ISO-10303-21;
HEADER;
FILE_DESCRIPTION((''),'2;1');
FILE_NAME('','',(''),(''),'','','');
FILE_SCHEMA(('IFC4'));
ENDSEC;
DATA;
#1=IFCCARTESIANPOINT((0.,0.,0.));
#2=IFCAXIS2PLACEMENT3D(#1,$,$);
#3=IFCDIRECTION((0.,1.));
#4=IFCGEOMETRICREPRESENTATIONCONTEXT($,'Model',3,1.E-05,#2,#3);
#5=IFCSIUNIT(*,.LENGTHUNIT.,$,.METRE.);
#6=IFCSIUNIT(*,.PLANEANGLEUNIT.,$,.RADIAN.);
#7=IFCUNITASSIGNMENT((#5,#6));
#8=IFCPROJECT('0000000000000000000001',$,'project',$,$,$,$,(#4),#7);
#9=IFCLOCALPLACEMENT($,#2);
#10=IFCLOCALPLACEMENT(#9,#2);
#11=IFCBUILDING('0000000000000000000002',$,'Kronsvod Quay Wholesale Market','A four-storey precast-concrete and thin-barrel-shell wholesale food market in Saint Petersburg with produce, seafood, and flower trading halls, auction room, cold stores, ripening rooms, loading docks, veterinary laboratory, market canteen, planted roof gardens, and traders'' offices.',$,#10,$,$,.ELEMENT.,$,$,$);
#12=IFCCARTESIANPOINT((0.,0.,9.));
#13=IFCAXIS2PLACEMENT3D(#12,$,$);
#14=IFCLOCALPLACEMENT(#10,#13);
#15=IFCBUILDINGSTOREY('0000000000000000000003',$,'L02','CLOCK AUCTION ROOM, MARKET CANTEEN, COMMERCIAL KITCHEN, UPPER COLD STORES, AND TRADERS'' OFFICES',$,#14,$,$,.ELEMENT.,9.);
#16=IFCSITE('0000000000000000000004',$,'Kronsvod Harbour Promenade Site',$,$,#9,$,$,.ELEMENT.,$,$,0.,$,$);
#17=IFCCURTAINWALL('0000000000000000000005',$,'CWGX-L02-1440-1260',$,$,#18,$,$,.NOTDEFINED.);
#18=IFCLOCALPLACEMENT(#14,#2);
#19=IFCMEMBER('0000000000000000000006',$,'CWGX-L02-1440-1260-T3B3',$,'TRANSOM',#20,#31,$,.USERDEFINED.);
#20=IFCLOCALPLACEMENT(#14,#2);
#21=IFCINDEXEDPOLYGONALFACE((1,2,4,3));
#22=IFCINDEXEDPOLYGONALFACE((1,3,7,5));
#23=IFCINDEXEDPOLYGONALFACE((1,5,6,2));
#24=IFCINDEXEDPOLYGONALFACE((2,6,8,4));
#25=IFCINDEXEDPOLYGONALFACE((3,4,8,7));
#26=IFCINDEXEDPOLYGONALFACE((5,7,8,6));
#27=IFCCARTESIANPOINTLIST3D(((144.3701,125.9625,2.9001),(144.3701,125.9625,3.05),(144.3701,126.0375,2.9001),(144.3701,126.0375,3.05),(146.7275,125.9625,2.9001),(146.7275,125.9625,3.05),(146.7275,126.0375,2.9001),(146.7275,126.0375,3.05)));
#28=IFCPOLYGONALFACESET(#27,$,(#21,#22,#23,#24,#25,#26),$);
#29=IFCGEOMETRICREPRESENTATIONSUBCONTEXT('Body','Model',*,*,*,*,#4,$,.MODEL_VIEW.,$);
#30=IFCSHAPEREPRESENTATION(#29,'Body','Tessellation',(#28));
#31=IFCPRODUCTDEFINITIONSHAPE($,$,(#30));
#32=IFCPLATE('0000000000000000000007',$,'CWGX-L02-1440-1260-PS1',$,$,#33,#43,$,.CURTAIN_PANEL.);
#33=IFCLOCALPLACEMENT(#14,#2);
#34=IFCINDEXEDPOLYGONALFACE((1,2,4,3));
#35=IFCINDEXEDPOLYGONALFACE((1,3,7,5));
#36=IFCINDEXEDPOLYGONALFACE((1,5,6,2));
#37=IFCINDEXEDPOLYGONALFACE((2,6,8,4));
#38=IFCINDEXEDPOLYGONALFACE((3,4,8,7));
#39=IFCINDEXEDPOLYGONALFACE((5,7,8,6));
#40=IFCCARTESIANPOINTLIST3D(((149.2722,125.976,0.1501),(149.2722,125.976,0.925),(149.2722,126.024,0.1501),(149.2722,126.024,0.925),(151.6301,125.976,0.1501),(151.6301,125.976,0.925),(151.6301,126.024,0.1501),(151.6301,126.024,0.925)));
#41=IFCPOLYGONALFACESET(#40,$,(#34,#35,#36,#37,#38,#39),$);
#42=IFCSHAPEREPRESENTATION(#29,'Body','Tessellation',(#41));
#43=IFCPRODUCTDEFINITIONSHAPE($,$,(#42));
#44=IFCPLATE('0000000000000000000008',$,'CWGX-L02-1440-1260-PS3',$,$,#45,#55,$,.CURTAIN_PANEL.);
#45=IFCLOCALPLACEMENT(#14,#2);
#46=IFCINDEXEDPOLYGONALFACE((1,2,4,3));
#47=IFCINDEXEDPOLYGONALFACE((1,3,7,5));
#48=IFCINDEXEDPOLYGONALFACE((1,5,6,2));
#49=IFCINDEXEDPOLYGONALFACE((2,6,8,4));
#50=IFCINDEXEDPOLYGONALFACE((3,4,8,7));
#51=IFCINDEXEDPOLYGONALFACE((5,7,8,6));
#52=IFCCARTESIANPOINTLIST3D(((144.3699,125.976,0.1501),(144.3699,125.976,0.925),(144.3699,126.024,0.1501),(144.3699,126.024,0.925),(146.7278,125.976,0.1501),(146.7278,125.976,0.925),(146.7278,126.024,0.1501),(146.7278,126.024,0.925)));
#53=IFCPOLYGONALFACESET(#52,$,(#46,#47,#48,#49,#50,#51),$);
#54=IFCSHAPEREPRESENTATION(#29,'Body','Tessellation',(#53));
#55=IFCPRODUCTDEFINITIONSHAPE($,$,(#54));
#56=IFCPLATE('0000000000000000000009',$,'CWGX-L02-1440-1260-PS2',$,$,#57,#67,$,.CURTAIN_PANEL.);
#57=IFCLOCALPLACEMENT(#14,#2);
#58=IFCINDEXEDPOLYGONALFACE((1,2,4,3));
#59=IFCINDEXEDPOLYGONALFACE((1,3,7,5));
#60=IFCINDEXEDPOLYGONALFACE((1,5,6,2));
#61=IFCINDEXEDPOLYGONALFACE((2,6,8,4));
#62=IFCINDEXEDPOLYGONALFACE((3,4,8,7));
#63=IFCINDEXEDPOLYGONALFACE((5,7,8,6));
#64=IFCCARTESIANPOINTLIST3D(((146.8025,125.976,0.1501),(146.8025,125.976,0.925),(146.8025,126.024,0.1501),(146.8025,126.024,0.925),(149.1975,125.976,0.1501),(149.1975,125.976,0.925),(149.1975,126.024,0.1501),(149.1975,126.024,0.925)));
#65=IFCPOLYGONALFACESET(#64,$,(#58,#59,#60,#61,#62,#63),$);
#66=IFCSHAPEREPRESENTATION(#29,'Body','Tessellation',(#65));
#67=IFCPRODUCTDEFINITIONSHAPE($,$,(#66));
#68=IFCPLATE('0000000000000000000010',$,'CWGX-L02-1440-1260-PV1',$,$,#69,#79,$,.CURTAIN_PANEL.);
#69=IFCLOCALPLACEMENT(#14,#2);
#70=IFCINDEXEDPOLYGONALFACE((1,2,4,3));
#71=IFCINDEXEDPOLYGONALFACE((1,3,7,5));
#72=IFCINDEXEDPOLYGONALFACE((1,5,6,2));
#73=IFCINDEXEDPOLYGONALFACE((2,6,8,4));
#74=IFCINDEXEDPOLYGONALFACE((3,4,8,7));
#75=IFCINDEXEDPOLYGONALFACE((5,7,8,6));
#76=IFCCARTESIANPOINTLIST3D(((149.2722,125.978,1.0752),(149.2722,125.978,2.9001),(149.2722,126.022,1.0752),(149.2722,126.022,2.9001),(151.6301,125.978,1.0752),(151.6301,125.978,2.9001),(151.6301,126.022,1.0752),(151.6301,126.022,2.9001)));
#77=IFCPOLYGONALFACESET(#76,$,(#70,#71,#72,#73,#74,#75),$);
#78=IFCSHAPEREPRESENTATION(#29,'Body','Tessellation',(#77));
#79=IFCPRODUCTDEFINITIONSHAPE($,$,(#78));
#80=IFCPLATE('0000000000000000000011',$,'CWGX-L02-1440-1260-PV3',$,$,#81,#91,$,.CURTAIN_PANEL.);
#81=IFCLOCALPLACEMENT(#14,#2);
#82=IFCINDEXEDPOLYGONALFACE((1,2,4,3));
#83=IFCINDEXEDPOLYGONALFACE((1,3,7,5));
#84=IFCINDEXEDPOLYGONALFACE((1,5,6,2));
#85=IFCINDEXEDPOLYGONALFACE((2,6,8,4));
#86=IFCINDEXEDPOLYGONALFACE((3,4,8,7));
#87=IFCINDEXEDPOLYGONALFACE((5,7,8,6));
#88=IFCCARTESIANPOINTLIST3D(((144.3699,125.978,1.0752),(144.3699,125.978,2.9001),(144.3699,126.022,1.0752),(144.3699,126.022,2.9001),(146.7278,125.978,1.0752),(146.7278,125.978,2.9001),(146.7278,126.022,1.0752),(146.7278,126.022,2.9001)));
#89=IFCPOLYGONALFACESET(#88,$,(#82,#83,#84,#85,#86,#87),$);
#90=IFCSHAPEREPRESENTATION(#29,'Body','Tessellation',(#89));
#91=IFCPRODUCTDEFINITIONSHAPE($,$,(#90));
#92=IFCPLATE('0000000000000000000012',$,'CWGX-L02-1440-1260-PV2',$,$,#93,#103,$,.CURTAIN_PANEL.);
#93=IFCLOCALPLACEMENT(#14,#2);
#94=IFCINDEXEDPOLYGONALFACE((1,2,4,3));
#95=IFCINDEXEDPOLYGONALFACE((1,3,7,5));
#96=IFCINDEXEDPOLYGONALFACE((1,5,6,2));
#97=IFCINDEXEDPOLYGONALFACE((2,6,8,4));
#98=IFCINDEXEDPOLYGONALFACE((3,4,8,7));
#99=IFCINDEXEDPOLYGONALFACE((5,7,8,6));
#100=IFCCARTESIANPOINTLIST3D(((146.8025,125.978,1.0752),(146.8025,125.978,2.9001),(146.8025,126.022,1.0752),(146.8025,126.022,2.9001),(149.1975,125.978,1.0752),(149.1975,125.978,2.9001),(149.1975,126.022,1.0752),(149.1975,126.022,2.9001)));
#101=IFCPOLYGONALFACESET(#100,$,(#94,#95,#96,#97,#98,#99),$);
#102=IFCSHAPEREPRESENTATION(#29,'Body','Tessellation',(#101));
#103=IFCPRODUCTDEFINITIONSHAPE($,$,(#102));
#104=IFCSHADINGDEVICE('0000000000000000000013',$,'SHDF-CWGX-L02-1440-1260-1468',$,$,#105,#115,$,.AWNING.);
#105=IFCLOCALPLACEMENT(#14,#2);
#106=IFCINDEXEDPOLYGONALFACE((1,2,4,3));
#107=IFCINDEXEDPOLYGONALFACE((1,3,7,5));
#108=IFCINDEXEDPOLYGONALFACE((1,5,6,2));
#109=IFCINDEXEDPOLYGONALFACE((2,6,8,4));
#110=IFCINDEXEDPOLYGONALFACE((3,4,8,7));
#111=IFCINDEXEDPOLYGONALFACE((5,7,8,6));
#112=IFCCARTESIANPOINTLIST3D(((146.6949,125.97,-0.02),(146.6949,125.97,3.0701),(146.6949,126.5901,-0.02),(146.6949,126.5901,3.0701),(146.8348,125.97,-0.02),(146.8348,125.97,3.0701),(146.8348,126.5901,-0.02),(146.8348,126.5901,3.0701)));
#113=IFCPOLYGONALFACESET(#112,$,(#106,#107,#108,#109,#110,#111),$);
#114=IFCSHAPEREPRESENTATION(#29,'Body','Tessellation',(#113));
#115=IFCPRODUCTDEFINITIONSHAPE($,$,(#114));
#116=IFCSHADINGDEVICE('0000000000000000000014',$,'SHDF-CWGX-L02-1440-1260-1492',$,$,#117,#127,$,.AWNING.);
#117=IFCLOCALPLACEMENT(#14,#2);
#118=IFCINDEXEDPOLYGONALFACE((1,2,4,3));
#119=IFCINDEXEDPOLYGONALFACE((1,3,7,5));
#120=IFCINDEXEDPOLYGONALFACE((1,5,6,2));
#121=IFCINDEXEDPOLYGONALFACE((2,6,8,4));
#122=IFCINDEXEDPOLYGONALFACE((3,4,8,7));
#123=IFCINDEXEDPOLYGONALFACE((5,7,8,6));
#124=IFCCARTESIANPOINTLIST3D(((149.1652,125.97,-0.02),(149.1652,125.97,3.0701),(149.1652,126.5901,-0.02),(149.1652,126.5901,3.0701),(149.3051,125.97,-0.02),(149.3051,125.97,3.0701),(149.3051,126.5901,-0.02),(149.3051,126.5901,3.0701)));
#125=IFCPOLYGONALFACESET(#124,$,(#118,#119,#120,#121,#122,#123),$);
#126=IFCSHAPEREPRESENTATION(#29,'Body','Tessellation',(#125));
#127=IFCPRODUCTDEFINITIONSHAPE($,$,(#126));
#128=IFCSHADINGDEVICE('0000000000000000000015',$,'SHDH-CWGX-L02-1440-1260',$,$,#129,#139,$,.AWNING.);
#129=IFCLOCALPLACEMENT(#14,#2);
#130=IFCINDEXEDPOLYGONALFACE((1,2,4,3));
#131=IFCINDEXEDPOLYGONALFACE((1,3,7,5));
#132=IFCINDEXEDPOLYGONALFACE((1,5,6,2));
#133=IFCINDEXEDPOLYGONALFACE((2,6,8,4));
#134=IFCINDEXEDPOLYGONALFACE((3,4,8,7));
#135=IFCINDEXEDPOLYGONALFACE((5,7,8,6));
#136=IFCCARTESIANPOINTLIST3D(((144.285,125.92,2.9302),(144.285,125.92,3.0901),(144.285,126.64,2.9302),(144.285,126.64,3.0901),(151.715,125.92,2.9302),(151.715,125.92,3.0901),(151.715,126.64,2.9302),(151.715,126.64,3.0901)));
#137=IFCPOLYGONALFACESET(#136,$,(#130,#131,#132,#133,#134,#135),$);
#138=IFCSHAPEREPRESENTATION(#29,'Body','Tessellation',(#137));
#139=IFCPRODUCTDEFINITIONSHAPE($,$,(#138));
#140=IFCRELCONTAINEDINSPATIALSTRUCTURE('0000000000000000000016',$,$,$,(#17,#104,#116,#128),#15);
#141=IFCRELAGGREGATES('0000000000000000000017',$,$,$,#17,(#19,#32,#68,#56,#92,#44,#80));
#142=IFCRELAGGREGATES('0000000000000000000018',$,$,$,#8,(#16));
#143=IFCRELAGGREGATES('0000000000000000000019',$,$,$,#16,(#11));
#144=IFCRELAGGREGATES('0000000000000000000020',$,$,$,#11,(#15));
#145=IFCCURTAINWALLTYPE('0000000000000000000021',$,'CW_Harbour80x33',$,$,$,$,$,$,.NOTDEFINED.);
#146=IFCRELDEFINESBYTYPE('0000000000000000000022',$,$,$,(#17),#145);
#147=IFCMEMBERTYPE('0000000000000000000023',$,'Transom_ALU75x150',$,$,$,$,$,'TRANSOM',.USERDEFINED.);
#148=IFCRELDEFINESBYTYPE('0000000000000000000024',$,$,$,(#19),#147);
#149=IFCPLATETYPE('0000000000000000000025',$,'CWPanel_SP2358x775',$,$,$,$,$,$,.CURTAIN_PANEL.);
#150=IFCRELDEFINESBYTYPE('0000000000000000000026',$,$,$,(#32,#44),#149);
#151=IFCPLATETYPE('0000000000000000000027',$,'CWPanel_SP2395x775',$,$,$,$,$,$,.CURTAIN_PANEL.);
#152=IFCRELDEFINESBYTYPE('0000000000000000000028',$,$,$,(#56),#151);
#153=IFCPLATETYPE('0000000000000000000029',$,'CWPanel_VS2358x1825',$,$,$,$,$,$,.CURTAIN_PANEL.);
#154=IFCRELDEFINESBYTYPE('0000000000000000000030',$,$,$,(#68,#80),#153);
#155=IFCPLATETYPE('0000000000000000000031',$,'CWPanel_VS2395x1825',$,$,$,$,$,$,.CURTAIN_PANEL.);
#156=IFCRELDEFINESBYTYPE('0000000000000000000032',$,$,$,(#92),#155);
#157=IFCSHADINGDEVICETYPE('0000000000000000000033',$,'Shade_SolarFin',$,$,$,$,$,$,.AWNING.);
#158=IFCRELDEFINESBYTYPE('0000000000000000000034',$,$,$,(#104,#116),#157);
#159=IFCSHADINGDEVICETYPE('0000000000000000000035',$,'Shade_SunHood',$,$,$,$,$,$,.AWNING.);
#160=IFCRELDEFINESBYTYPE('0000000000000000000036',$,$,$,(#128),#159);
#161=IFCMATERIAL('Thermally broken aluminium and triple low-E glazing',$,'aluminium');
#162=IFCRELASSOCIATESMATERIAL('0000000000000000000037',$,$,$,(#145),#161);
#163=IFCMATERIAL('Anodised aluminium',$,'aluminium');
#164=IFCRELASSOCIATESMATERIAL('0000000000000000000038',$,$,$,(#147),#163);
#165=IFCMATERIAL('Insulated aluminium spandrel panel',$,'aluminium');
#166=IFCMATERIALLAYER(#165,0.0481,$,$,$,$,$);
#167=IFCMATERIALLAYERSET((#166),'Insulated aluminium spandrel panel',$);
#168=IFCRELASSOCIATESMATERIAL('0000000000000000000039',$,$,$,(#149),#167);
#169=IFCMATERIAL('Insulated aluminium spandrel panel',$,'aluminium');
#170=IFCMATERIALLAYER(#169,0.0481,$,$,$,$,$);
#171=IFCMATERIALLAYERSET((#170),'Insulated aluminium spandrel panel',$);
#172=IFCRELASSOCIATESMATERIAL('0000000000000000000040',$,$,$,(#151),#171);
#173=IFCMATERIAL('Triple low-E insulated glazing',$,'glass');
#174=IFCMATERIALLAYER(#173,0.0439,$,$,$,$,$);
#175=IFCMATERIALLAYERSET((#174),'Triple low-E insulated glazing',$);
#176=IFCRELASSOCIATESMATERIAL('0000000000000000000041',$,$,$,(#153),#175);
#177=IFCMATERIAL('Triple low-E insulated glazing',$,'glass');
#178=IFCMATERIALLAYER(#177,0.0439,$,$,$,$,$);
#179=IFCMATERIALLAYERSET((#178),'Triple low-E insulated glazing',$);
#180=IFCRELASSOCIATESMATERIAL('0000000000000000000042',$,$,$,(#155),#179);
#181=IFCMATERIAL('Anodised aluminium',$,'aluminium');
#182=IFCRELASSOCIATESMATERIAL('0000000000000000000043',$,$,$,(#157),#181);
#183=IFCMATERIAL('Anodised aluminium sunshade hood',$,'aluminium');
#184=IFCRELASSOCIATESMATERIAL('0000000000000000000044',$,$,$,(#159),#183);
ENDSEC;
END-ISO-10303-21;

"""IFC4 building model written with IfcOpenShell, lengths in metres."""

from ifc_helpers import new_model, si_unit, direction, frame, origin, origin_2d, place, context, subcontext, project, spatial, rectangle, extrude, material, layer, layer_set, material_profile, profile_set, type_object, element, aggregate, save


model = new_model("IFC4")

# Units and contexts
model_context = context("Model", 3, precision=1e-05, world=origin(), true_north=direction((0.0, 1.0)))
body_context = subcontext(model_context, "Body", "Model", "MODEL_VIEW")
ifc_project = project(units=[si_unit("LENGTHUNIT", "METRE"), si_unit("PLANEANGLEUNIT", "RADIAN")], contexts=[model_context])

# Site, building, storey
site_placement = place(None, origin())
site = spatial("IfcSite", under=ifc_project, at=site_placement, Name="Kronsvod Harbour Promenade Site", CompositionType="ELEMENT", RefElevation=0.0)
building_placement = place(site_placement, origin())
building = spatial("IfcBuilding", under=site, at=building_placement, Name="Kronsvod Quay Wholesale Market", Description="A four-storey precast-concrete and thin-barrel-shell wholesale food market in Saint Petersburg with produce, seafood, and flower trading halls, auction room, cold stores, ripening rooms, loading docks, veterinary laboratory, market canteen, planted roof gardens, and traders' offices.", CompositionType="ELEMENT")
storey_placement = place(building_placement, frame((0.0, 0.0, 9.0)))
storey = spatial("IfcBuildingStorey", under=building, at=storey_placement, Name="L02", Description="CLOCK AUCTION ROOM, MARKET CANTEEN, COMMERCIAL KITCHEN, UPPER COLD STORES, AND TRADERS' OFFICES", CompositionType="ELEMENT", Elevation=9.0)

# Curtain wall
ifc_material_1 = material(Name="Thermally broken aluminium and triple low-E glazing", Category="aluminium")
curtain_wall_type = type_object("IfcCurtainWallType", Name="CW_Harbour80x33", PredefinedType="NOTDEFINED", material=ifc_material_1)
curtain_wall_placement = place(storey_placement, origin())
curtain_wall = element("IfcCurtainWall", 1, at=curtain_wall_placement, inside=storey, type_object=curtain_wall_type, Name="CWGX-L02-1440-1260", PredefinedType="NOTDEFINED")

# Member
ifc_material_2 = material(Name="Anodised aluminium", Category="aluminium")
ifc_material_profile_1 = material_profile(ifc_material_2, rectangle(XDim=0.075, YDim=0.1499, at=origin_2d()), Name="ALUT75x150")
ifc_profile_set_1 = profile_set([ifc_material_profile_1], Name="Anodised aluminium")
member_type_1 = type_object("IfcMemberType", Name="Transom_ALU75x150", ElementType="TRANSOM", PredefinedType="USERDEFINED", material=ifc_profile_set_1)
member_1_placement = place(storey_placement, frame((146.7275, 126.0, 2.9751), z_axis=(-1.0, 0.0, 0.0), x_axis=(0.0, -1.0, 0.0)))
member_1 = element("IfcMember", 2, at=member_1_placement, type_object=member_type_1, Name="CWGX-L02-1440-1260-T3B3", ObjectType="TRANSOM", PredefinedType="USERDEFINED", context=body_context, shape_type="SweptSolid", body=[
    extrude(rectangle(XDim=0.075, YDim=0.1499, at=origin_2d()), origin(), (0.0, 0.0, 1.0), 2.3574),
])

# Plates
ifc_material_3 = material(Name="Insulated aluminium spandrel panel", Category="aluminium")
ifc_layer_1 = layer(ifc_material_3, 0.0481)
ifc_layer_set_1 = layer_set([ifc_layer_1], Name="Insulated aluminium spandrel panel")
plate_type_1 = type_object("IfcPlateType", Name="CWPanel_SP2358x775", PredefinedType="CURTAIN_PANEL", material=ifc_layer_set_1)
plate_1_placement = place(storey_placement, frame((150.4512, 126.0, 0.1501), z_axis=(0.0, 0.0, 1.0), x_axis=(-1.0, 0.0, 0.0)))
plate_1 = element("IfcPlate", 3, at=plate_1_placement, type_object=plate_type_1, Name="CWGX-L02-1440-1260-PS1", PredefinedType="CURTAIN_PANEL", context=body_context, shape_type="SweptSolid", body=[
    extrude(rectangle(XDim=2.3579, YDim=0.0481, at=origin_2d()), origin(), (0.0, 0.0, 1.0), 0.7749),
])
plate_2_placement = place(storey_placement, frame((145.5488, 126.0, 0.1501), z_axis=(0.0, 0.0, 1.0), x_axis=(-1.0, 0.0, 0.0)))
plate_2 = element("IfcPlate", 4, at=plate_2_placement, type_object=plate_type_1, Name="CWGX-L02-1440-1260-PS3", PredefinedType="CURTAIN_PANEL", context=body_context, shape_type="SweptSolid", body=[
    extrude(rectangle(XDim=2.3579, YDim=0.0481, at=origin_2d()), origin(), (0.0, 0.0, 1.0), 0.7749),
])
ifc_material_4 = material(Name="Insulated aluminium spandrel panel", Category="aluminium")
ifc_layer_2 = layer(ifc_material_4, 0.0481)
ifc_layer_set_2 = layer_set([ifc_layer_2], Name="Insulated aluminium spandrel panel")
plate_type_2 = type_object("IfcPlateType", Name="CWPanel_SP2395x775", PredefinedType="CURTAIN_PANEL", material=ifc_layer_set_2)
plate_3_placement = place(storey_placement, frame((148.0, 126.0, 0.1501), z_axis=(0.0, 0.0, 1.0), x_axis=(-1.0, 0.0, 0.0)))
plate_3 = element("IfcPlate", 5, at=plate_3_placement, type_object=plate_type_2, Name="CWGX-L02-1440-1260-PS2", PredefinedType="CURTAIN_PANEL", context=body_context, shape_type="SweptSolid", body=[
    extrude(rectangle(XDim=2.395, YDim=0.0481, at=origin_2d()), origin(), (0.0, 0.0, 1.0), 0.7749),
])
ifc_material_5 = material(Name="Triple low-E insulated glazing", Category="glass")
ifc_layer_3 = layer(ifc_material_5, 0.0439)
ifc_layer_set_3 = layer_set([ifc_layer_3], Name="Triple low-E insulated glazing")
plate_type_3 = type_object("IfcPlateType", Name="CWPanel_VS2358x1825", PredefinedType="CURTAIN_PANEL", material=ifc_layer_set_3)
plate_4_placement = place(storey_placement, frame((150.4512, 126.0, 1.0752), z_axis=(0.0, 0.0, 1.0), x_axis=(-1.0, 0.0, 0.0)))
plate_4 = element("IfcPlate", 6, at=plate_4_placement, type_object=plate_type_3, Name="CWGX-L02-1440-1260-PV1", PredefinedType="CURTAIN_PANEL", context=body_context, shape_type="SweptSolid", body=[
    extrude(rectangle(XDim=2.3579, YDim=0.0439, at=origin_2d()), origin(), (0.0, 0.0, 1.0), 1.825),
])
plate_5_placement = place(storey_placement, frame((145.5488, 126.0, 1.0752), z_axis=(0.0, 0.0, 1.0), x_axis=(-1.0, 0.0, 0.0)))
plate_5 = element("IfcPlate", 7, at=plate_5_placement, type_object=plate_type_3, Name="CWGX-L02-1440-1260-PV3", PredefinedType="CURTAIN_PANEL", context=body_context, shape_type="SweptSolid", body=[
    extrude(rectangle(XDim=2.3579, YDim=0.0439, at=origin_2d()), origin(), (0.0, 0.0, 1.0), 1.825),
])
ifc_material_6 = material(Name="Triple low-E insulated glazing", Category="glass")
ifc_layer_4 = layer(ifc_material_6, 0.0439)
ifc_layer_set_4 = layer_set([ifc_layer_4], Name="Triple low-E insulated glazing")
plate_type_4 = type_object("IfcPlateType", Name="CWPanel_VS2395x1825", PredefinedType="CURTAIN_PANEL", material=ifc_layer_set_4)
plate_6_placement = place(storey_placement, frame((148.0, 126.0, 1.0752), z_axis=(0.0, 0.0, 1.0), x_axis=(-1.0, 0.0, 0.0)))
plate_6 = element("IfcPlate", 8, at=plate_6_placement, type_object=plate_type_4, Name="CWGX-L02-1440-1260-PV2", PredefinedType="CURTAIN_PANEL", context=body_context, shape_type="SweptSolid", body=[
    extrude(rectangle(XDim=2.395, YDim=0.0439, at=origin_2d()), origin(), (0.0, 0.0, 1.0), 1.825),
])
aggregate(curtain_wall, [member_1, plate_1, plate_4, plate_3, plate_6, plate_2, plate_5])

# Shading devices
ifc_material_7 = material(Name="Anodised aluminium", Category="aluminium")
shading_device_type_1 = type_object("IfcShadingDeviceType", Name="Shade_SolarFin", PredefinedType="AWNING", material=ifc_material_7)
for number, where, z_axis, x_axis, name in (
    (9, (146.7649, 126.28, -0.02), (0.0, 0.0, 1.0), (1.0, 0.0, 0.0), "SHDF-CWGX-L02-1440-1260-1468"),
    (10, (149.2351, 126.28, -0.02), (0.0, 0.0, 1.0), (1.0, 0.0, 0.0), "SHDF-CWGX-L02-1440-1260-1492"),
):
    element("IfcShadingDevice", number, at=place(storey_placement, frame(where, z_axis=z_axis, x_axis=x_axis)), inside=storey, type_object=shading_device_type_1, Name=name, PredefinedType="AWNING", context=body_context, shape_type="SweptSolid", body=[
        extrude(rectangle(XDim=0.1399, YDim=0.6201, at=origin_2d()), origin(), (0.0, 0.0, 1.0), 3.0901),
    ])
ifc_material_8 = material(Name="Anodised aluminium sunshade hood", Category="aluminium")
shading_device_type_2 = type_object("IfcShadingDeviceType", Name="Shade_SunHood", PredefinedType="AWNING", material=ifc_material_8)
shading_device_placement = place(storey_placement, frame((148.0, 126.28, 2.9302), z_axis=(0.0, 0.0, 1.0), x_axis=(1.0, 0.0, 0.0)))
element("IfcShadingDevice", 11, at=shading_device_placement, inside=storey, type_object=shading_device_type_2, Name="SHDH-CWGX-L02-1440-1260", PredefinedType="AWNING", context=body_context, shape_type="SweptSolid", body=[
    extrude(rectangle(XDim=7.4299, YDim=0.72, at=origin_2d()), origin(), (0.0, 0.0, 1.0), 0.1599),
])

save(model, "model.ifc")
